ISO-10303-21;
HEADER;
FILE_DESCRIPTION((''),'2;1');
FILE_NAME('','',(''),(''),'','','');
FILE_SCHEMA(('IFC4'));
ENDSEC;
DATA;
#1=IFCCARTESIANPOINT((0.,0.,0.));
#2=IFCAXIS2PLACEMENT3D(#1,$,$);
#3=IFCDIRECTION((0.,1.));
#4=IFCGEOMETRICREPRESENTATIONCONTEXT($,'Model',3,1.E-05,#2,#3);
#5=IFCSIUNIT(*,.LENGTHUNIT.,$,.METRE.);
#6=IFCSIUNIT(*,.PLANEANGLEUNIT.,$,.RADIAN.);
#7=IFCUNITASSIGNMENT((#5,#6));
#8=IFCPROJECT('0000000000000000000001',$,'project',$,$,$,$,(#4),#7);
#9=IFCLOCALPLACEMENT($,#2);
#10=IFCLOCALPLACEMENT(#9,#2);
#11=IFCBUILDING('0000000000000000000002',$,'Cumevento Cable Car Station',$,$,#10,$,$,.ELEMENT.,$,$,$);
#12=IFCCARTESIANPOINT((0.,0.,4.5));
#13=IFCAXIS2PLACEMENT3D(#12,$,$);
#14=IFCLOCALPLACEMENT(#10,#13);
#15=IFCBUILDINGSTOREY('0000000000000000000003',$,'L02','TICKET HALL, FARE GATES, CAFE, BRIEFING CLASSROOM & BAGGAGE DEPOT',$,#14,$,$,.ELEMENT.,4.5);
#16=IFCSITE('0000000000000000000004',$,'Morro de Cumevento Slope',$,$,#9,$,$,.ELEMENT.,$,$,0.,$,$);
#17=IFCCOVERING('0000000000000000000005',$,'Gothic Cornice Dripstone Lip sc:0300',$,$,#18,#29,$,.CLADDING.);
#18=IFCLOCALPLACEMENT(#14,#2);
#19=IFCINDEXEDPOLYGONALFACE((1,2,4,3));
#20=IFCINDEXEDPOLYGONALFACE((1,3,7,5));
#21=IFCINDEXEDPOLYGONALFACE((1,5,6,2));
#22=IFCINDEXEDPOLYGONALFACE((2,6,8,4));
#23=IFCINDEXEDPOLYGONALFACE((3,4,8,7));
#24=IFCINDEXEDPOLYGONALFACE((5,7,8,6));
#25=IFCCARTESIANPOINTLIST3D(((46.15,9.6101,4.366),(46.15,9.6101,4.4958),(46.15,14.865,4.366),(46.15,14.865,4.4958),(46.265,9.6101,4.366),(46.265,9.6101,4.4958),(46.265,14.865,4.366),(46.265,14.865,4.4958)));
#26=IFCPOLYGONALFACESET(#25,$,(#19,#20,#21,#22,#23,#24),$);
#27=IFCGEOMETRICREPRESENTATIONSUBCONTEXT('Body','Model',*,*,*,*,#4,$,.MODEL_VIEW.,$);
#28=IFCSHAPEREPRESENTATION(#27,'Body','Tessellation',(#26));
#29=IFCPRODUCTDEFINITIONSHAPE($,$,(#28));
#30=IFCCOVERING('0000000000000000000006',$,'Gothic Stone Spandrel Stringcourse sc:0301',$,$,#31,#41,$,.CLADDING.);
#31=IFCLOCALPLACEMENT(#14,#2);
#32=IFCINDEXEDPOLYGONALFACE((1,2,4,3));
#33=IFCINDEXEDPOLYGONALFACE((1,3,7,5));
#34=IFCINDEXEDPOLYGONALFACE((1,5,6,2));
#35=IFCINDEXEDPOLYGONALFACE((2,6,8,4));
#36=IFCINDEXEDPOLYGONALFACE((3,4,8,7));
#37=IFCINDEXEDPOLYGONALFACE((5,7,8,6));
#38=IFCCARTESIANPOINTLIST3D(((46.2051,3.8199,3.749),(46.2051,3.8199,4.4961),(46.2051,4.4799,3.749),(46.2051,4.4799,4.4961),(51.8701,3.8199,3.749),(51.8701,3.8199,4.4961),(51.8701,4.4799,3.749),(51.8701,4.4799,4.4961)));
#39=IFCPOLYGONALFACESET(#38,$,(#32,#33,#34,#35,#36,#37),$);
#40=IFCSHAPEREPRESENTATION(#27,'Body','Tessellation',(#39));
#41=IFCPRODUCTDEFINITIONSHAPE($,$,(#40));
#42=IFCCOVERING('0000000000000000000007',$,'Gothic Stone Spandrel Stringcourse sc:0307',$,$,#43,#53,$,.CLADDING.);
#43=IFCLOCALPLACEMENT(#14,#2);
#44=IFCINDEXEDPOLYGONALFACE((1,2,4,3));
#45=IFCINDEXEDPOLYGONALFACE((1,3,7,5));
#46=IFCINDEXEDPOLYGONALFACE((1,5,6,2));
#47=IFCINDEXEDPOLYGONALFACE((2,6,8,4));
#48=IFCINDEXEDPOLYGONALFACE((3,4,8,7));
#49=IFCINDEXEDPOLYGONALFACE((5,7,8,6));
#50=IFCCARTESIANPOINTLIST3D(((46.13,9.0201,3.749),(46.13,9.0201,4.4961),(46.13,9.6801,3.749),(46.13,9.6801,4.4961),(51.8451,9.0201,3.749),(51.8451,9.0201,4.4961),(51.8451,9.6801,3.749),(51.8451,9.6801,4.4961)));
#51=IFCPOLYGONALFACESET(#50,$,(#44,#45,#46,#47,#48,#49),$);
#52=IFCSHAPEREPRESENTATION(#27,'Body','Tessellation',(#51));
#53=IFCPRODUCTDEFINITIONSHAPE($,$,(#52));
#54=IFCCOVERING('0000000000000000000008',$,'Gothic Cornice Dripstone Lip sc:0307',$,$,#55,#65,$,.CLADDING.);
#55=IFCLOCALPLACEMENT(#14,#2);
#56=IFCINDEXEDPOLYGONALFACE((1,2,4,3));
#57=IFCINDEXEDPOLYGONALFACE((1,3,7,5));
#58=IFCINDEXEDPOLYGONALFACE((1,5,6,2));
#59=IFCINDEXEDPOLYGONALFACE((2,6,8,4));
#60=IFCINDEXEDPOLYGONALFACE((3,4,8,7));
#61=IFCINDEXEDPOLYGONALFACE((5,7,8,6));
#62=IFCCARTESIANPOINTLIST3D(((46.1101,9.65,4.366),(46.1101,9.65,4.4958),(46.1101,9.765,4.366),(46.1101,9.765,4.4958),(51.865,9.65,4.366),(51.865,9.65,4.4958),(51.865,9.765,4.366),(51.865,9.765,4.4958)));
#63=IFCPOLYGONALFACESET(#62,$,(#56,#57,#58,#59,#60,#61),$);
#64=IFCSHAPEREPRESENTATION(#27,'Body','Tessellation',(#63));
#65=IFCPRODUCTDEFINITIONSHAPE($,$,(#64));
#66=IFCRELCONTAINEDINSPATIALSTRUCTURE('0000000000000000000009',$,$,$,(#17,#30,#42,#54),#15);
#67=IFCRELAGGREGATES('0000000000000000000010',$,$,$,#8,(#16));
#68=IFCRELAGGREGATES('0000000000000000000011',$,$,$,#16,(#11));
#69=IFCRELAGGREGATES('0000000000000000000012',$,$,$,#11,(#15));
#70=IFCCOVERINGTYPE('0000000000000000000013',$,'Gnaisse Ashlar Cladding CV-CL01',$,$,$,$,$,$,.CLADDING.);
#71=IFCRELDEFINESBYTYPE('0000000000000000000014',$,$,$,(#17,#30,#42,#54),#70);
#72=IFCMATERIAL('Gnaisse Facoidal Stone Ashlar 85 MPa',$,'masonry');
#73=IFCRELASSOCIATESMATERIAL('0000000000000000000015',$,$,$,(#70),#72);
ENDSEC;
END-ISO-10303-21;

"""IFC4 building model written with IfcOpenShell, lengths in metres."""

from ifc_helpers import new_model, si_unit, direction, frame, origin, origin_2d, place, context, subcontext, project, spatial, rectangle, extrude, material, type_object, element, save


model = new_model("IFC4")

# Units and contexts
model_context = context("Model", 3, precision=1e-05, world=origin(), true_north=direction((0.0, 1.0)))
body_context = subcontext(model_context, "Body", "Model", "MODEL_VIEW")
ifc_project = project(units=[si_unit("LENGTHUNIT", "METRE"), si_unit("PLANEANGLEUNIT", "RADIAN")], contexts=[model_context])

# Site, building, storey
site_placement = place(None, origin())
site = spatial("IfcSite", under=ifc_project, at=site_placement, Name="Morro de Cumevento Slope", CompositionType="ELEMENT", RefElevation=0.0)
building_placement = place(site_placement, origin())
building = spatial("IfcBuilding", under=site, at=building_placement, Name="Cumevento Cable Car Station", CompositionType="ELEMENT")
storey_placement = place(building_placement, frame((0.0, 0.0, 4.5)))
storey = spatial("IfcBuildingStorey", under=building, at=storey_placement, Name="L02", Description="TICKET HALL, FARE GATES, CAFE, BRIEFING CLASSROOM & BAGGAGE DEPOT", CompositionType="ELEMENT", Elevation=4.5)

# Coverings
ifc_material_1 = material(Name="Gnaisse Facoidal Stone Ashlar 85 MPa", Category="masonry")
covering_type = type_object("IfcCoveringType", Name="Gnaisse Ashlar Cladding CV-CL01", PredefinedType="CLADDING", material=ifc_material_1)
covering_1_placement = place(storey_placement, frame((46.2075, 12.2375, 4.366), z_axis=(0.0, 0.0, 1.0), x_axis=(0.0, -1.0, 0.0)))
element("IfcCovering", 1, at=covering_1_placement, inside=storey, type_object=covering_type, Name="Gothic Cornice Dripstone Lip sc:0300", PredefinedType="CLADDING", context=body_context, shape_type="SweptSolid", body=[
    extrude(rectangle(XDim=5.2549, YDim=0.115, at=origin_2d()), origin(), (0.0, 0.0, 1.0), 0.1299),
])
covering_2_placement = place(storey_placement, frame((49.0376, 4.1499, 3.749), z_axis=(0.0, 0.0, 1.0), x_axis=(-1.0, 0.0, 0.0)))
element("IfcCovering", 2, at=covering_2_placement, inside=storey, type_object=covering_type, Name="Gothic Stone Spandrel Stringcourse sc:0301", PredefinedType="CLADDING", context=body_context, shape_type="SweptSolid", body=[
    extrude(rectangle(XDim=5.665, YDim=0.6599, at=origin_2d()), origin(), (0.0, 0.0, 1.0), 0.7471),
])
covering_3_placement = place(storey_placement, frame((48.9875, 9.3501, 3.749), z_axis=(0.0, 0.0, 1.0), x_axis=(1.0, 0.0, 0.0)))
element("IfcCovering", 3, at=covering_3_placement, inside=storey, type_object=covering_type, Name="Gothic Stone Spandrel Stringcourse sc:0307", PredefinedType="CLADDING", context=body_context, shape_type="SweptSolid", body=[
    extrude(rectangle(XDim=5.7151, YDim=0.6599, at=origin_2d()), origin(), (0.0, 0.0, 1.0), 0.7471),
])
covering_4_placement = place(storey_placement, frame((48.9875, 9.7075, 4.366), z_axis=(0.0, 0.0, 1.0), x_axis=(1.0, 0.0, 0.0)))
element("IfcCovering", 4, at=covering_4_placement, inside=storey, type_object=covering_type, Name="Gothic Cornice Dripstone Lip sc:0307", PredefinedType="CLADDING", context=body_context, shape_type="SweptSolid", body=[
    extrude(rectangle(XDim=5.7549, YDim=0.115, at=origin_2d()), origin(), (0.0, 0.0, 1.0), 0.1299),
])

save(model, "model.ifc")
